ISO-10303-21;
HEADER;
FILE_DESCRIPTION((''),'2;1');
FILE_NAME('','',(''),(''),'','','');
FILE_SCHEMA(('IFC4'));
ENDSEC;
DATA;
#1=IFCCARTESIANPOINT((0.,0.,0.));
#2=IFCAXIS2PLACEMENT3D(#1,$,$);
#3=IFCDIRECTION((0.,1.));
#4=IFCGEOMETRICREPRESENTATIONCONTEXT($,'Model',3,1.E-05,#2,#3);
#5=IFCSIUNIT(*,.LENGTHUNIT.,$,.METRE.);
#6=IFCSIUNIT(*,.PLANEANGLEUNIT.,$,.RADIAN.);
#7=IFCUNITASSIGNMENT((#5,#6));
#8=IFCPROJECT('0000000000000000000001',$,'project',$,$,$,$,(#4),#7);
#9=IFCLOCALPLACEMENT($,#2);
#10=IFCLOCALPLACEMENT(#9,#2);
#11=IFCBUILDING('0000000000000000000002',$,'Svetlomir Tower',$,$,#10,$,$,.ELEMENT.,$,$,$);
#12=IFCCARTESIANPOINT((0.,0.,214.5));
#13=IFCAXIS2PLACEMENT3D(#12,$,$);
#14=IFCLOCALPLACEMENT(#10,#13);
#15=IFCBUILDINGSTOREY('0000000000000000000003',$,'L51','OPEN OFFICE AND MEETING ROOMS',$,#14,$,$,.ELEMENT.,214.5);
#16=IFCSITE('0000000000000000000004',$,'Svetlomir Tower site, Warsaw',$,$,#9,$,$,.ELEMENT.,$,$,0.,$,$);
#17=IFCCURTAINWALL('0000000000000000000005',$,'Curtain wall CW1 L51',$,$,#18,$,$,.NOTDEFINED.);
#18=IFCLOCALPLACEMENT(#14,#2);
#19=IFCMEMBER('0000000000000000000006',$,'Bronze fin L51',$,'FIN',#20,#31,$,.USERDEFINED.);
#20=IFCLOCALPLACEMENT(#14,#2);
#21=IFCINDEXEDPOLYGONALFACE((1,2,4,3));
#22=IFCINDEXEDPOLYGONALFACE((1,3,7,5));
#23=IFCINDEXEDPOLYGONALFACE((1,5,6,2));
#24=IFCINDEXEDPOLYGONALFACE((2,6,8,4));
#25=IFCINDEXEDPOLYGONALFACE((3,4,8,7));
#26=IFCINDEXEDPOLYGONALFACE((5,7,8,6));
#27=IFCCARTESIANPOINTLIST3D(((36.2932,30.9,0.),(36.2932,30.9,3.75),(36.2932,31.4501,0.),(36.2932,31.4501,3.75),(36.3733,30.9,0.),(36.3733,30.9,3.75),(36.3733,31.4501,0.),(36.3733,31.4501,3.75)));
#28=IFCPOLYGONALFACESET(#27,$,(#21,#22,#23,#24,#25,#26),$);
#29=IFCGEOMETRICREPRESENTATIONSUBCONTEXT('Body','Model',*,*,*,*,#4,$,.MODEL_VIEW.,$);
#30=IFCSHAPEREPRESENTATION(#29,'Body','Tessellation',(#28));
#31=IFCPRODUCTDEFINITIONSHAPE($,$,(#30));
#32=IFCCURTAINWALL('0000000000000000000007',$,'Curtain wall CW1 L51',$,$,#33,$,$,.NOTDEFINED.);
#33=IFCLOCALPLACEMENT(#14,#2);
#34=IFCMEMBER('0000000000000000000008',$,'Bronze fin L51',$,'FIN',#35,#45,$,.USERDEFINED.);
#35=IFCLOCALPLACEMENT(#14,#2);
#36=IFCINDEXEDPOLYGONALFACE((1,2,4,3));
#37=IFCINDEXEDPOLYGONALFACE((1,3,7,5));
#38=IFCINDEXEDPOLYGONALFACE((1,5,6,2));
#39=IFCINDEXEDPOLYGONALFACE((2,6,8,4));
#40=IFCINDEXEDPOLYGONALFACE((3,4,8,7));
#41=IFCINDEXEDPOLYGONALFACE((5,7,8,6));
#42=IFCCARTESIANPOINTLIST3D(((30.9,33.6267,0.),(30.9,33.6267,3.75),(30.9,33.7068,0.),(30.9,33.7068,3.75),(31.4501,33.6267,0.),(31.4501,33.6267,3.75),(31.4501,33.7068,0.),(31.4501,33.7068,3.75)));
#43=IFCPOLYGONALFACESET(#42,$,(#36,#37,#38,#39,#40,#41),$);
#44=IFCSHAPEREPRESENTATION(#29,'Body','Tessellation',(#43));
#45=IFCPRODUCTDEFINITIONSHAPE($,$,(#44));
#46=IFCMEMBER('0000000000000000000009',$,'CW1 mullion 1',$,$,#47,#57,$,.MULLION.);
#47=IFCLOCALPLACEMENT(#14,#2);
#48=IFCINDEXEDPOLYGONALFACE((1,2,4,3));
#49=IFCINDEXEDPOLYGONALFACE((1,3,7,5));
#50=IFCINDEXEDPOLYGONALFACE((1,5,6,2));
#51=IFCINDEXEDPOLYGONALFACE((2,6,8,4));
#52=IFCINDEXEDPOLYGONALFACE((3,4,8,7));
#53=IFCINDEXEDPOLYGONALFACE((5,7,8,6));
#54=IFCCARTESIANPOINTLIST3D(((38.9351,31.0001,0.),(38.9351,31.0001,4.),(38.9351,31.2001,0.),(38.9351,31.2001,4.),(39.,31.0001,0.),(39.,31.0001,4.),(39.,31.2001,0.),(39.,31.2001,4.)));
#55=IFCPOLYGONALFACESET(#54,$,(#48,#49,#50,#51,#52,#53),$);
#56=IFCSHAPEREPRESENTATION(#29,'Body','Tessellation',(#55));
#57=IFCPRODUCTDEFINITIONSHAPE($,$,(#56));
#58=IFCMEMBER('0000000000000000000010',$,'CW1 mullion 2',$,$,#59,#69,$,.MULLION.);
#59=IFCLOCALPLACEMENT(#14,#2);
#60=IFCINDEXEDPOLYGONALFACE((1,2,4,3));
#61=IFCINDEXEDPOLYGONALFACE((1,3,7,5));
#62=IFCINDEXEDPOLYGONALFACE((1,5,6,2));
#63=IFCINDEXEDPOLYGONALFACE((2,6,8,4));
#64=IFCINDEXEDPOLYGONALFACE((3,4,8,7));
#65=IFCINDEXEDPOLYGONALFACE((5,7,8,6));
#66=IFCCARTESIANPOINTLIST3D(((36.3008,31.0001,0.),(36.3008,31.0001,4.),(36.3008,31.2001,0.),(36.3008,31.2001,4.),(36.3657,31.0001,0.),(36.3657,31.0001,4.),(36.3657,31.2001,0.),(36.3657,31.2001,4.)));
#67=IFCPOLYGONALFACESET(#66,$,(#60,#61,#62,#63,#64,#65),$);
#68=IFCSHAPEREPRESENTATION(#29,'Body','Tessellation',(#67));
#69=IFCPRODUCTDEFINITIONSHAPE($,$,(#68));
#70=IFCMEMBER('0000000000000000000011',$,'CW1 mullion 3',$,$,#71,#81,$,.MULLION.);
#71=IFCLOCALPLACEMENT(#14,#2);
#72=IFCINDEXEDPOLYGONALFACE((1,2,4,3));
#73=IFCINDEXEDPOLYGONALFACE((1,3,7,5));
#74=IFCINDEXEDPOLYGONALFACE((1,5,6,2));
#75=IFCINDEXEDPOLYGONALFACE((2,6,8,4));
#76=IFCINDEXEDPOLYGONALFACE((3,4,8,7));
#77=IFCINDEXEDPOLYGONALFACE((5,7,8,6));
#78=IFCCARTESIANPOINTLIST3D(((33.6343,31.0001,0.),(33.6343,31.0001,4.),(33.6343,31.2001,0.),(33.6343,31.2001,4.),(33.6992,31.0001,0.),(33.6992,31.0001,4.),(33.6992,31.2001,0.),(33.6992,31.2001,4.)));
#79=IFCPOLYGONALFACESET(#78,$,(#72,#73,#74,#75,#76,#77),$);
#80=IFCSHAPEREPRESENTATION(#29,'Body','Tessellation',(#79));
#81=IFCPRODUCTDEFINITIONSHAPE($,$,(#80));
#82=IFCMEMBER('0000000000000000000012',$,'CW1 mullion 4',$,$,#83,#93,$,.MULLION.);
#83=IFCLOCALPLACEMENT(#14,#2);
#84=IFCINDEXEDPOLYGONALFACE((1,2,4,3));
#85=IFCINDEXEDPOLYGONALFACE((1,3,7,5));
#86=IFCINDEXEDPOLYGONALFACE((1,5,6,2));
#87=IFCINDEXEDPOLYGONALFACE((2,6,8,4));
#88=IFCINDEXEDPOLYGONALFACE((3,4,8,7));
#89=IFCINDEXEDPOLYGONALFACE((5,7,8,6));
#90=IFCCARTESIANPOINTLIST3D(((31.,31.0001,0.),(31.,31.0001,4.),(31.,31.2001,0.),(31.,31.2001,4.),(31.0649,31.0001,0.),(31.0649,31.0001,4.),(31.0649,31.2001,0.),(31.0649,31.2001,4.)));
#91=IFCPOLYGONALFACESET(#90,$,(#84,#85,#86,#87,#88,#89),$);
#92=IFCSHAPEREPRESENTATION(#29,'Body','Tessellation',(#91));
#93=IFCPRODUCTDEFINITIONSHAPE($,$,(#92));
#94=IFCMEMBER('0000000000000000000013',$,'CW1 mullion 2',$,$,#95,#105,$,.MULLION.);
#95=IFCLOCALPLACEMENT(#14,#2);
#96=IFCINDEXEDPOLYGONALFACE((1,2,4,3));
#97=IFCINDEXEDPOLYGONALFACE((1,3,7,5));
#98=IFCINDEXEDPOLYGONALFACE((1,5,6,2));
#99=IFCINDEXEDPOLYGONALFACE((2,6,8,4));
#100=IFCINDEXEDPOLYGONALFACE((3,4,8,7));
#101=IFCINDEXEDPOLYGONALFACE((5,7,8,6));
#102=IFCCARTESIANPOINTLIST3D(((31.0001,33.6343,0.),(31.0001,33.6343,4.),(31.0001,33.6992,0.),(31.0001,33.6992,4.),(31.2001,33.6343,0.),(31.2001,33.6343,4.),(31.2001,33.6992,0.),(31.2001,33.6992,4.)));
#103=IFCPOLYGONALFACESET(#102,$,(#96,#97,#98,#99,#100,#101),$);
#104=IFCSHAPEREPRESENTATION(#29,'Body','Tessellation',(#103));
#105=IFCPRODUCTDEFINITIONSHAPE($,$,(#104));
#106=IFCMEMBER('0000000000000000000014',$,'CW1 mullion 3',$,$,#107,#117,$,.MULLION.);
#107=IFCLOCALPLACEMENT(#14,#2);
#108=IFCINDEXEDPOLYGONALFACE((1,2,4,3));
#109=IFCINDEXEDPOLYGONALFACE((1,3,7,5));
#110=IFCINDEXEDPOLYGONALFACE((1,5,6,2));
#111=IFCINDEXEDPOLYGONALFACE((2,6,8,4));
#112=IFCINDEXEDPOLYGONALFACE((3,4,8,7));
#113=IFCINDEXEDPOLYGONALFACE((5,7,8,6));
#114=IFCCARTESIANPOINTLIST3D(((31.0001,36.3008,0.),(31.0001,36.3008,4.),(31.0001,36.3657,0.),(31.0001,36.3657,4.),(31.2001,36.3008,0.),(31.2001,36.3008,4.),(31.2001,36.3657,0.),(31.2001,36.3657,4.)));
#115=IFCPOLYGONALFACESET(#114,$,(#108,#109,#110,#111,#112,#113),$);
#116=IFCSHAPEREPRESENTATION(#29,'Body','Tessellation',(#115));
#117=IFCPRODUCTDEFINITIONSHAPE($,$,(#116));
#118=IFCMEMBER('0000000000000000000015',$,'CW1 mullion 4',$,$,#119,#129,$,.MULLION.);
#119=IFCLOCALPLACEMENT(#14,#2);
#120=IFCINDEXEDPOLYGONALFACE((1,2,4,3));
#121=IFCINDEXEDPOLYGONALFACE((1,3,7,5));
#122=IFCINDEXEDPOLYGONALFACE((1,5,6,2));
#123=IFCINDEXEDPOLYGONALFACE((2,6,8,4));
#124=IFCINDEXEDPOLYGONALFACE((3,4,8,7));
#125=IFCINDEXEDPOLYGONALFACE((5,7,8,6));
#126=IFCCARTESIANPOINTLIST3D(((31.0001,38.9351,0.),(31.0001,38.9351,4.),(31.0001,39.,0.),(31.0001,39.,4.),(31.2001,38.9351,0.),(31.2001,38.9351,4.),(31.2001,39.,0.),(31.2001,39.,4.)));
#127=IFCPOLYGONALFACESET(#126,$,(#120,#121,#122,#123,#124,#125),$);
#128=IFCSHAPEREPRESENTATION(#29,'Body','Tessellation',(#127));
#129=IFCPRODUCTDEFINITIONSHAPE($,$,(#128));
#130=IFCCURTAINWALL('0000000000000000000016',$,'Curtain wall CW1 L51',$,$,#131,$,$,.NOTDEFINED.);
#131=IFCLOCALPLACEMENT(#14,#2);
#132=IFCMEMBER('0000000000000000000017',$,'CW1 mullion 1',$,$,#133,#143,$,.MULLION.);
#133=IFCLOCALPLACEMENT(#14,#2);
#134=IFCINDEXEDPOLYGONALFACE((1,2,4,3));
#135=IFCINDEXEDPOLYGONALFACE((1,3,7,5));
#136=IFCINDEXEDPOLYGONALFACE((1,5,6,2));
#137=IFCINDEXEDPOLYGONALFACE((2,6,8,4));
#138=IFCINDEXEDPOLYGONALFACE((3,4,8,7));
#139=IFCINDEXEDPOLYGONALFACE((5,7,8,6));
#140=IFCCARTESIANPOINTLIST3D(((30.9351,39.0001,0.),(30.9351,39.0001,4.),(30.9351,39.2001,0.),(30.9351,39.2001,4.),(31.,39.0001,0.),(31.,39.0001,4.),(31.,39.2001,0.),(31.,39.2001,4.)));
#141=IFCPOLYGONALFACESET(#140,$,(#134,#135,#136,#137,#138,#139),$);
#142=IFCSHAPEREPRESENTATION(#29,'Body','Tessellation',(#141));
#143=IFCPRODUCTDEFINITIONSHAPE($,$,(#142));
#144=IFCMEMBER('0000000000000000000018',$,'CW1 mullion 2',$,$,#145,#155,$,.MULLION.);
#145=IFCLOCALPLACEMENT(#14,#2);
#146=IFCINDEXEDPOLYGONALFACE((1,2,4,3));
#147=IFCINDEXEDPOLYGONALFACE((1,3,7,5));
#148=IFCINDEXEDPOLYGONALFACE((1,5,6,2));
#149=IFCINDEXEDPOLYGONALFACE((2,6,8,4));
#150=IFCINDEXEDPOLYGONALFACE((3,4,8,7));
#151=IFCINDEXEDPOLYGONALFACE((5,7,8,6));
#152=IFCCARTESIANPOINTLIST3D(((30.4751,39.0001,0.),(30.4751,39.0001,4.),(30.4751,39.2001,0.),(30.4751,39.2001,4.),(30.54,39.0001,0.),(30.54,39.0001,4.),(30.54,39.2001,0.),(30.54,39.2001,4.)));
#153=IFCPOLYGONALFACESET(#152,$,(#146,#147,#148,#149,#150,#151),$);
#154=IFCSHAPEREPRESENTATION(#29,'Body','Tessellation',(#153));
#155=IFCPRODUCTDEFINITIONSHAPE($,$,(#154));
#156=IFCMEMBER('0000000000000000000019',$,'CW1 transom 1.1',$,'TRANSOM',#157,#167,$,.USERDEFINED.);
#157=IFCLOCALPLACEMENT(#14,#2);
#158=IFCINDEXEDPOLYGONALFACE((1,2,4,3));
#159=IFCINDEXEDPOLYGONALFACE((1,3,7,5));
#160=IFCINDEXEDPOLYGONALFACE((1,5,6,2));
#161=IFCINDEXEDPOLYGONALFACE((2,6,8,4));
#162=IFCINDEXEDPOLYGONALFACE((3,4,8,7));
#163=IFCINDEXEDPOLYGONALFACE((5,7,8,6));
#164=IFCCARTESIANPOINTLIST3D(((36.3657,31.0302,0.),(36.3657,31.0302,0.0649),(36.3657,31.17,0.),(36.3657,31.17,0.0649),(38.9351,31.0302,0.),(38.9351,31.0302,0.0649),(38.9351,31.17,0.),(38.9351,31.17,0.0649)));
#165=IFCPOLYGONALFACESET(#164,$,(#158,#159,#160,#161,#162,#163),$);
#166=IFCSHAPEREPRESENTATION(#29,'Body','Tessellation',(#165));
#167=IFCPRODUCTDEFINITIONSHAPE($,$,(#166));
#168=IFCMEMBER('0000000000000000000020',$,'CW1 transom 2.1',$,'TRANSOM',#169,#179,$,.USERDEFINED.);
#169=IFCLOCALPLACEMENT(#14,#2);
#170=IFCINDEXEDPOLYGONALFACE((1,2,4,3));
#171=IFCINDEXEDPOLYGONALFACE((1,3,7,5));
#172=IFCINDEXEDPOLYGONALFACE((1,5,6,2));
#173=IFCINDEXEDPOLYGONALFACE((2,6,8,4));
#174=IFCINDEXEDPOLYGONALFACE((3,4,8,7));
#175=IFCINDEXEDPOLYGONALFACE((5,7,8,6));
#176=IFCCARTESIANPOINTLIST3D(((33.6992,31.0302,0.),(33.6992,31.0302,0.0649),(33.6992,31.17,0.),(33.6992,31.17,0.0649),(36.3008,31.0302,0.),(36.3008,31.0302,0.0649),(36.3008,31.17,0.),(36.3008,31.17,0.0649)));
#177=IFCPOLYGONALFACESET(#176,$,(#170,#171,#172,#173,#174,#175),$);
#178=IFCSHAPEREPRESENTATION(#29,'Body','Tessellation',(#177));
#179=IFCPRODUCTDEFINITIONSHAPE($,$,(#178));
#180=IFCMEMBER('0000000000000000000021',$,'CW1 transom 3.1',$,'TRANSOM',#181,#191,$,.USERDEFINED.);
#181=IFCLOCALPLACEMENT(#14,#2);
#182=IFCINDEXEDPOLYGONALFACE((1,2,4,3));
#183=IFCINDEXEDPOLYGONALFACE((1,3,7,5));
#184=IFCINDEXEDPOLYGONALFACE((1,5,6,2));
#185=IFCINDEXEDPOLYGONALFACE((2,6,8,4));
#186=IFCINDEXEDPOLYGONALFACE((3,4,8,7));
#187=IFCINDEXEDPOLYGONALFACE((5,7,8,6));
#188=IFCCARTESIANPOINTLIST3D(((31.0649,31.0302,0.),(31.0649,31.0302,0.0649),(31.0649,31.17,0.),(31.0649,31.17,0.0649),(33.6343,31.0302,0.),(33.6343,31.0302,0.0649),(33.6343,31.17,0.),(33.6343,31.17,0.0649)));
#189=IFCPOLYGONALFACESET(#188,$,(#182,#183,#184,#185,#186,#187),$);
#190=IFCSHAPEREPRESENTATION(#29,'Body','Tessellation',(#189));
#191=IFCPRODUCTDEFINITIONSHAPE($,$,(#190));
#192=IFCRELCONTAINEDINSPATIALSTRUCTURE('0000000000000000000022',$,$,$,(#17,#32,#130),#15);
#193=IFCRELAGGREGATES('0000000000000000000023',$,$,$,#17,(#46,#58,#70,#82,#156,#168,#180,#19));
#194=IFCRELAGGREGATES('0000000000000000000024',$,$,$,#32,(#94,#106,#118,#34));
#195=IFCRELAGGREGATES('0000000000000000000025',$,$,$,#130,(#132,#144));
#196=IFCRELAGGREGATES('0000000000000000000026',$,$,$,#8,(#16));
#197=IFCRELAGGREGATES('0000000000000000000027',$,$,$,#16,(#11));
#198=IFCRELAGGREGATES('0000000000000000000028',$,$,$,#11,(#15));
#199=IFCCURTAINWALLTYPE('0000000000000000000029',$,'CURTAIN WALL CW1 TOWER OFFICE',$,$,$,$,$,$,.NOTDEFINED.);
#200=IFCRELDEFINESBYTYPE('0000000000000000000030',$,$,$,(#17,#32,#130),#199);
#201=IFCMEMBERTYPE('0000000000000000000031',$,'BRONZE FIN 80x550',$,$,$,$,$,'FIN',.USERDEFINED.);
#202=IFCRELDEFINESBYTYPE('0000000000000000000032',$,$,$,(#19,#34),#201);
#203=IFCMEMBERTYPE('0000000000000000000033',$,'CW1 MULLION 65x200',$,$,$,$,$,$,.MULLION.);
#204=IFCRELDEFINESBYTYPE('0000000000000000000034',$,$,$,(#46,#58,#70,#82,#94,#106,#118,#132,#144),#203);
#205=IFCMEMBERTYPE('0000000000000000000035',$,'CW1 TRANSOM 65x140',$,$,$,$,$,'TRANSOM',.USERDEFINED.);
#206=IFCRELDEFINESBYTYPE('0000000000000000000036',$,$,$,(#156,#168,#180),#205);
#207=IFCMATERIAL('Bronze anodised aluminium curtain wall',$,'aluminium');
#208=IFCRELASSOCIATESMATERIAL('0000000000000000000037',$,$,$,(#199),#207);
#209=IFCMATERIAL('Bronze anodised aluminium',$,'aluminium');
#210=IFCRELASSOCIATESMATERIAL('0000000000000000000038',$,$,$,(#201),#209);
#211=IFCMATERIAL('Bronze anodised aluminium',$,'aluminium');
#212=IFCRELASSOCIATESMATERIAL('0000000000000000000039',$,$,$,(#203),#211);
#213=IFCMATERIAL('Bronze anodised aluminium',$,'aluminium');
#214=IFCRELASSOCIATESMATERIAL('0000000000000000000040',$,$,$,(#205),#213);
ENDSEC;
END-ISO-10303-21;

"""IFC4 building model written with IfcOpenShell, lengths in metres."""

from ifc_helpers import new_model, si_unit, direction, frame, origin, origin_2d, place, context, subcontext, project, spatial, rectangle, extrude, material, material_profile, profile_set, type_object, element, aggregate, save


model = new_model("IFC4")

# Units and contexts
model_context = context("Model", 3, precision=1e-05, world=origin(), true_north=direction((0.0, 1.0)))
body_context = subcontext(model_context, "Body", "Model", "MODEL_VIEW")
ifc_project = project(units=[si_unit("LENGTHUNIT", "METRE"), si_unit("PLANEANGLEUNIT", "RADIAN")], contexts=[model_context])

# Site, building, storey
site_placement = place(None, origin())
site = spatial("IfcSite", under=ifc_project, at=site_placement, Name="Svetlomir Tower site, Warsaw", CompositionType="ELEMENT", RefElevation=0.0)
building_placement = place(site_placement, origin())
building = spatial("IfcBuilding", under=site, at=building_placement, Name="Svetlomir Tower", CompositionType="ELEMENT")
storey_placement = place(building_placement, frame((0.0, 0.0, 214.5)))
storey = spatial("IfcBuildingStorey", under=building, at=storey_placement, Name="L51", Description="OPEN OFFICE AND MEETING ROOMS", CompositionType="ELEMENT", Elevation=214.5)

# Curtain walls, members
ifc_material_1 = material(Name="Bronze anodised aluminium curtain wall", Category="aluminium")
curtain_wall_type = type_object("IfcCurtainWallType", Name="CURTAIN WALL CW1 TOWER OFFICE", PredefinedType="NOTDEFINED", material=ifc_material_1)
curtain_wall_1_placement = place(storey_placement, origin())
curtain_wall_1 = element("IfcCurtainWall", 1, at=curtain_wall_1_placement, inside=storey, type_object=curtain_wall_type, Name="Curtain wall CW1 L51", PredefinedType="NOTDEFINED")
ifc_material_2 = material(Name="Bronze anodised aluminium", Category="aluminium")
ifc_material_profile_1 = material_profile(ifc_material_2, rectangle(XDim=0.0801, YDim=0.55, at=origin_2d()), Name="FIN 80x550")
ifc_profile_set_1 = profile_set([ifc_material_profile_1], Name="Bronze anodised aluminium 6063-T6")
member_type_1 = type_object("IfcMemberType", Name="BRONZE FIN 80x550", ElementType="FIN", PredefinedType="USERDEFINED", material=ifc_profile_set_1)
member_1_placement = place(storey_placement, frame((36.3333, 31.175, 0.0), z_axis=(0.0, 0.0, 1.0), x_axis=(1.0, 0.0, 0.0)))
member_1 = element("IfcMember", 2, at=member_1_placement, type_object=member_type_1, Name="Bronze fin L51", ObjectType="FIN", PredefinedType="USERDEFINED", context=body_context, shape_type="SweptSolid", body=[
    extrude(rectangle(XDim=0.0801, YDim=0.55, at=origin_2d()), origin(), (0.0, 0.0, 1.0), 3.75),
])
curtain_wall_2_placement = place(storey_placement, origin())
curtain_wall_2 = element("IfcCurtainWall", 3, at=curtain_wall_2_placement, inside=storey, type_object=curtain_wall_type, Name="Curtain wall CW1 L51", PredefinedType="NOTDEFINED")
member_2_placement = place(storey_placement, frame((31.175, 33.6667, 0.0), z_axis=(0.0, 0.0, 1.0), x_axis=(0.0, 1.0, 0.0)))
member_2 = element("IfcMember", 4, at=member_2_placement, type_object=member_type_1, Name="Bronze fin L51", ObjectType="FIN", PredefinedType="USERDEFINED", context=body_context, shape_type="SweptSolid", body=[
    extrude(rectangle(XDim=0.0801, YDim=0.55, at=origin_2d()), origin(), (0.0, 0.0, 1.0), 3.75),
])

# Members
ifc_material_3 = material(Name="Bronze anodised aluminium", Category="aluminium")
ifc_material_profile_2 = material_profile(ifc_material_3, rectangle(XDim=0.0649, YDim=0.2, at=origin_2d()), Name="AL 65x200")
ifc_profile_set_2 = profile_set([ifc_material_profile_2], Name="Bronze anodised aluminium 6063-T6")
member_type_2 = type_object("IfcMemberType", Name="CW1 MULLION 65x200", PredefinedType="MULLION", material=ifc_profile_set_2)
member_3_placement = place(storey_placement, frame((38.9675, 31.1001, 0.0), z_axis=(0.0, 0.0, 1.0), x_axis=(-1.0, 0.0, 0.0)))
member_3 = element("IfcMember", 5, at=member_3_placement, type_object=member_type_2, Name="CW1 mullion 1", PredefinedType="MULLION", context=body_context, shape_type="SweptSolid", body=[
    extrude(rectangle(XDim=0.0649, YDim=0.2, at=origin_2d()), origin(), (0.0, 0.0, 1.0), 4.0),
])
member_4_placement = place(storey_placement, frame((36.3333, 31.1001, 0.0), z_axis=(0.0, 0.0, 1.0), x_axis=(-1.0, 0.0, 0.0)))
member_4 = element("IfcMember", 6, at=member_4_placement, type_object=member_type_2, Name="CW1 mullion 2", PredefinedType="MULLION", context=body_context, shape_type="SweptSolid", body=[
    extrude(rectangle(XDim=0.0649, YDim=0.2, at=origin_2d()), origin(), (0.0, 0.0, 1.0), 4.0),
])
member_5_placement = place(storey_placement, frame((33.6667, 31.1001, 0.0), z_axis=(0.0, 0.0, 1.0), x_axis=(-1.0, 0.0, 0.0)))
member_5 = element("IfcMember", 7, at=member_5_placement, type_object=member_type_2, Name="CW1 mullion 3", PredefinedType="MULLION", context=body_context, shape_type="SweptSolid", body=[
    extrude(rectangle(XDim=0.0649, YDim=0.2, at=origin_2d()), origin(), (0.0, 0.0, 1.0), 4.0),
])
member_6_placement = place(storey_placement, frame((31.0325, 31.1001, 0.0), z_axis=(0.0, 0.0, 1.0), x_axis=(-1.0, 0.0, 0.0)))
member_6 = element("IfcMember", 8, at=member_6_placement, type_object=member_type_2, Name="CW1 mullion 4", PredefinedType="MULLION", context=body_context, shape_type="SweptSolid", body=[
    extrude(rectangle(XDim=0.0649, YDim=0.2, at=origin_2d()), origin(), (0.0, 0.0, 1.0), 4.0),
])
member_7_placement = place(storey_placement, frame((31.1001, 33.6667, 0.0), z_axis=(0.0, 0.0, 1.0), x_axis=(0.0, 1.0, 0.0)))
member_7 = element("IfcMember", 9, at=member_7_placement, type_object=member_type_2, Name="CW1 mullion 2", PredefinedType="MULLION", context=body_context, shape_type="SweptSolid", body=[
    extrude(rectangle(XDim=0.0649, YDim=0.2, at=origin_2d()), origin(), (0.0, 0.0, 1.0), 4.0),
])
member_8_placement = place(storey_placement, frame((31.1001, 36.3333, 0.0), z_axis=(0.0, 0.0, 1.0), x_axis=(0.0, 1.0, 0.0)))
member_8 = element("IfcMember", 10, at=member_8_placement, type_object=member_type_2, Name="CW1 mullion 3", PredefinedType="MULLION", context=body_context, shape_type="SweptSolid", body=[
    extrude(rectangle(XDim=0.0649, YDim=0.2, at=origin_2d()), origin(), (0.0, 0.0, 1.0), 4.0),
])
member_9_placement = place(storey_placement, frame((31.1001, 38.9675, 0.0), z_axis=(0.0, 0.0, 1.0), x_axis=(0.0, 1.0, 0.0)))
member_9 = element("IfcMember", 11, at=member_9_placement, type_object=member_type_2, Name="CW1 mullion 4", PredefinedType="MULLION", context=body_context, shape_type="SweptSolid", body=[
    extrude(rectangle(XDim=0.0649, YDim=0.2, at=origin_2d()), origin(), (0.0, 0.0, 1.0), 4.0),
])

# Curtain wall, members
curtain_wall_3_placement = place(storey_placement, origin())
curtain_wall_3 = element("IfcCurtainWall", 12, at=curtain_wall_3_placement, inside=storey, type_object=curtain_wall_type, Name="Curtain wall CW1 L51", PredefinedType="NOTDEFINED")
member_10_placement = place(storey_placement, frame((30.9675, 39.1001, 0.0), z_axis=(0.0, 0.0, 1.0), x_axis=(-1.0, 0.0, 0.0)))
member_10 = element("IfcMember", 13, at=member_10_placement, type_object=member_type_2, Name="CW1 mullion 1", PredefinedType="MULLION", context=body_context, shape_type="SweptSolid", body=[
    extrude(rectangle(XDim=0.0649, YDim=0.2, at=origin_2d()), origin(), (0.0, 0.0, 1.0), 4.0),
])
member_11_placement = place(storey_placement, frame((30.5076, 39.1001, 0.0), z_axis=(0.0, 0.0, 1.0), x_axis=(-1.0, 0.0, 0.0)))
member_11 = element("IfcMember", 14, at=member_11_placement, type_object=member_type_2, Name="CW1 mullion 2", PredefinedType="MULLION", context=body_context, shape_type="SweptSolid", body=[
    extrude(rectangle(XDim=0.0649, YDim=0.2, at=origin_2d()), origin(), (0.0, 0.0, 1.0), 4.0),
])

# Members
ifc_material_4 = material(Name="Bronze anodised aluminium", Category="aluminium")
ifc_material_profile_3 = material_profile(ifc_material_4, rectangle(XDim=0.1399, YDim=0.0649, at=origin_2d()), Name="AL 140x65")
ifc_profile_set_3 = profile_set([ifc_material_profile_3], Name="Bronze anodised aluminium 6063-T6")
member_type_3 = type_object("IfcMemberType", Name="CW1 TRANSOM 65x140", ElementType="TRANSOM", PredefinedType="USERDEFINED", material=ifc_profile_set_3)
member_12_placement = place(storey_placement, frame((38.9351, 31.1001, 0.0325), z_axis=(-1.0, 0.0, 0.0), x_axis=(0.0, -1.0, 0.0)))
member_12 = element("IfcMember", 15, at=member_12_placement, type_object=member_type_3, Name="CW1 transom 1.1", ObjectType="TRANSOM", PredefinedType="USERDEFINED", context=body_context, shape_type="SweptSolid", body=[
    extrude(rectangle(XDim=0.1399, YDim=0.0649, at=origin_2d()), origin(), (0.0, 0.0, 1.0), 2.5693),
])
member_13_placement = place(storey_placement, frame((36.3008, 31.1001, 0.0325), z_axis=(-1.0, 0.0, 0.0), x_axis=(0.0, -1.0, 0.0)))
member_13 = element("IfcMember", 16, at=member_13_placement, type_object=member_type_3, Name="CW1 transom 2.1", ObjectType="TRANSOM", PredefinedType="USERDEFINED", context=body_context, shape_type="SweptSolid", body=[
    extrude(rectangle(XDim=0.1399, YDim=0.0649, at=origin_2d()), origin(), (0.0, 0.0, 1.0), 2.6016),
])
member_14_placement = place(storey_placement, frame((33.6343, 31.1001, 0.0325), z_axis=(-1.0, 0.0, 0.0), x_axis=(0.0, -1.0, 0.0)))
member_14 = element("IfcMember", 17, at=member_14_placement, type_object=member_type_3, Name="CW1 transom 3.1", ObjectType="TRANSOM", PredefinedType="USERDEFINED", context=body_context, shape_type="SweptSolid", body=[
    extrude(rectangle(XDim=0.1399, YDim=0.0649, at=origin_2d()), origin(), (0.0, 0.0, 1.0), 2.5693),
])

aggregate(curtain_wall_1, [member_3, member_4, member_5, member_6, member_12, member_13, member_14, member_1])
aggregate(curtain_wall_2, [member_7, member_8, member_9, member_2])
aggregate(curtain_wall_3, [member_10, member_11])

save(model, "model.ifc")
